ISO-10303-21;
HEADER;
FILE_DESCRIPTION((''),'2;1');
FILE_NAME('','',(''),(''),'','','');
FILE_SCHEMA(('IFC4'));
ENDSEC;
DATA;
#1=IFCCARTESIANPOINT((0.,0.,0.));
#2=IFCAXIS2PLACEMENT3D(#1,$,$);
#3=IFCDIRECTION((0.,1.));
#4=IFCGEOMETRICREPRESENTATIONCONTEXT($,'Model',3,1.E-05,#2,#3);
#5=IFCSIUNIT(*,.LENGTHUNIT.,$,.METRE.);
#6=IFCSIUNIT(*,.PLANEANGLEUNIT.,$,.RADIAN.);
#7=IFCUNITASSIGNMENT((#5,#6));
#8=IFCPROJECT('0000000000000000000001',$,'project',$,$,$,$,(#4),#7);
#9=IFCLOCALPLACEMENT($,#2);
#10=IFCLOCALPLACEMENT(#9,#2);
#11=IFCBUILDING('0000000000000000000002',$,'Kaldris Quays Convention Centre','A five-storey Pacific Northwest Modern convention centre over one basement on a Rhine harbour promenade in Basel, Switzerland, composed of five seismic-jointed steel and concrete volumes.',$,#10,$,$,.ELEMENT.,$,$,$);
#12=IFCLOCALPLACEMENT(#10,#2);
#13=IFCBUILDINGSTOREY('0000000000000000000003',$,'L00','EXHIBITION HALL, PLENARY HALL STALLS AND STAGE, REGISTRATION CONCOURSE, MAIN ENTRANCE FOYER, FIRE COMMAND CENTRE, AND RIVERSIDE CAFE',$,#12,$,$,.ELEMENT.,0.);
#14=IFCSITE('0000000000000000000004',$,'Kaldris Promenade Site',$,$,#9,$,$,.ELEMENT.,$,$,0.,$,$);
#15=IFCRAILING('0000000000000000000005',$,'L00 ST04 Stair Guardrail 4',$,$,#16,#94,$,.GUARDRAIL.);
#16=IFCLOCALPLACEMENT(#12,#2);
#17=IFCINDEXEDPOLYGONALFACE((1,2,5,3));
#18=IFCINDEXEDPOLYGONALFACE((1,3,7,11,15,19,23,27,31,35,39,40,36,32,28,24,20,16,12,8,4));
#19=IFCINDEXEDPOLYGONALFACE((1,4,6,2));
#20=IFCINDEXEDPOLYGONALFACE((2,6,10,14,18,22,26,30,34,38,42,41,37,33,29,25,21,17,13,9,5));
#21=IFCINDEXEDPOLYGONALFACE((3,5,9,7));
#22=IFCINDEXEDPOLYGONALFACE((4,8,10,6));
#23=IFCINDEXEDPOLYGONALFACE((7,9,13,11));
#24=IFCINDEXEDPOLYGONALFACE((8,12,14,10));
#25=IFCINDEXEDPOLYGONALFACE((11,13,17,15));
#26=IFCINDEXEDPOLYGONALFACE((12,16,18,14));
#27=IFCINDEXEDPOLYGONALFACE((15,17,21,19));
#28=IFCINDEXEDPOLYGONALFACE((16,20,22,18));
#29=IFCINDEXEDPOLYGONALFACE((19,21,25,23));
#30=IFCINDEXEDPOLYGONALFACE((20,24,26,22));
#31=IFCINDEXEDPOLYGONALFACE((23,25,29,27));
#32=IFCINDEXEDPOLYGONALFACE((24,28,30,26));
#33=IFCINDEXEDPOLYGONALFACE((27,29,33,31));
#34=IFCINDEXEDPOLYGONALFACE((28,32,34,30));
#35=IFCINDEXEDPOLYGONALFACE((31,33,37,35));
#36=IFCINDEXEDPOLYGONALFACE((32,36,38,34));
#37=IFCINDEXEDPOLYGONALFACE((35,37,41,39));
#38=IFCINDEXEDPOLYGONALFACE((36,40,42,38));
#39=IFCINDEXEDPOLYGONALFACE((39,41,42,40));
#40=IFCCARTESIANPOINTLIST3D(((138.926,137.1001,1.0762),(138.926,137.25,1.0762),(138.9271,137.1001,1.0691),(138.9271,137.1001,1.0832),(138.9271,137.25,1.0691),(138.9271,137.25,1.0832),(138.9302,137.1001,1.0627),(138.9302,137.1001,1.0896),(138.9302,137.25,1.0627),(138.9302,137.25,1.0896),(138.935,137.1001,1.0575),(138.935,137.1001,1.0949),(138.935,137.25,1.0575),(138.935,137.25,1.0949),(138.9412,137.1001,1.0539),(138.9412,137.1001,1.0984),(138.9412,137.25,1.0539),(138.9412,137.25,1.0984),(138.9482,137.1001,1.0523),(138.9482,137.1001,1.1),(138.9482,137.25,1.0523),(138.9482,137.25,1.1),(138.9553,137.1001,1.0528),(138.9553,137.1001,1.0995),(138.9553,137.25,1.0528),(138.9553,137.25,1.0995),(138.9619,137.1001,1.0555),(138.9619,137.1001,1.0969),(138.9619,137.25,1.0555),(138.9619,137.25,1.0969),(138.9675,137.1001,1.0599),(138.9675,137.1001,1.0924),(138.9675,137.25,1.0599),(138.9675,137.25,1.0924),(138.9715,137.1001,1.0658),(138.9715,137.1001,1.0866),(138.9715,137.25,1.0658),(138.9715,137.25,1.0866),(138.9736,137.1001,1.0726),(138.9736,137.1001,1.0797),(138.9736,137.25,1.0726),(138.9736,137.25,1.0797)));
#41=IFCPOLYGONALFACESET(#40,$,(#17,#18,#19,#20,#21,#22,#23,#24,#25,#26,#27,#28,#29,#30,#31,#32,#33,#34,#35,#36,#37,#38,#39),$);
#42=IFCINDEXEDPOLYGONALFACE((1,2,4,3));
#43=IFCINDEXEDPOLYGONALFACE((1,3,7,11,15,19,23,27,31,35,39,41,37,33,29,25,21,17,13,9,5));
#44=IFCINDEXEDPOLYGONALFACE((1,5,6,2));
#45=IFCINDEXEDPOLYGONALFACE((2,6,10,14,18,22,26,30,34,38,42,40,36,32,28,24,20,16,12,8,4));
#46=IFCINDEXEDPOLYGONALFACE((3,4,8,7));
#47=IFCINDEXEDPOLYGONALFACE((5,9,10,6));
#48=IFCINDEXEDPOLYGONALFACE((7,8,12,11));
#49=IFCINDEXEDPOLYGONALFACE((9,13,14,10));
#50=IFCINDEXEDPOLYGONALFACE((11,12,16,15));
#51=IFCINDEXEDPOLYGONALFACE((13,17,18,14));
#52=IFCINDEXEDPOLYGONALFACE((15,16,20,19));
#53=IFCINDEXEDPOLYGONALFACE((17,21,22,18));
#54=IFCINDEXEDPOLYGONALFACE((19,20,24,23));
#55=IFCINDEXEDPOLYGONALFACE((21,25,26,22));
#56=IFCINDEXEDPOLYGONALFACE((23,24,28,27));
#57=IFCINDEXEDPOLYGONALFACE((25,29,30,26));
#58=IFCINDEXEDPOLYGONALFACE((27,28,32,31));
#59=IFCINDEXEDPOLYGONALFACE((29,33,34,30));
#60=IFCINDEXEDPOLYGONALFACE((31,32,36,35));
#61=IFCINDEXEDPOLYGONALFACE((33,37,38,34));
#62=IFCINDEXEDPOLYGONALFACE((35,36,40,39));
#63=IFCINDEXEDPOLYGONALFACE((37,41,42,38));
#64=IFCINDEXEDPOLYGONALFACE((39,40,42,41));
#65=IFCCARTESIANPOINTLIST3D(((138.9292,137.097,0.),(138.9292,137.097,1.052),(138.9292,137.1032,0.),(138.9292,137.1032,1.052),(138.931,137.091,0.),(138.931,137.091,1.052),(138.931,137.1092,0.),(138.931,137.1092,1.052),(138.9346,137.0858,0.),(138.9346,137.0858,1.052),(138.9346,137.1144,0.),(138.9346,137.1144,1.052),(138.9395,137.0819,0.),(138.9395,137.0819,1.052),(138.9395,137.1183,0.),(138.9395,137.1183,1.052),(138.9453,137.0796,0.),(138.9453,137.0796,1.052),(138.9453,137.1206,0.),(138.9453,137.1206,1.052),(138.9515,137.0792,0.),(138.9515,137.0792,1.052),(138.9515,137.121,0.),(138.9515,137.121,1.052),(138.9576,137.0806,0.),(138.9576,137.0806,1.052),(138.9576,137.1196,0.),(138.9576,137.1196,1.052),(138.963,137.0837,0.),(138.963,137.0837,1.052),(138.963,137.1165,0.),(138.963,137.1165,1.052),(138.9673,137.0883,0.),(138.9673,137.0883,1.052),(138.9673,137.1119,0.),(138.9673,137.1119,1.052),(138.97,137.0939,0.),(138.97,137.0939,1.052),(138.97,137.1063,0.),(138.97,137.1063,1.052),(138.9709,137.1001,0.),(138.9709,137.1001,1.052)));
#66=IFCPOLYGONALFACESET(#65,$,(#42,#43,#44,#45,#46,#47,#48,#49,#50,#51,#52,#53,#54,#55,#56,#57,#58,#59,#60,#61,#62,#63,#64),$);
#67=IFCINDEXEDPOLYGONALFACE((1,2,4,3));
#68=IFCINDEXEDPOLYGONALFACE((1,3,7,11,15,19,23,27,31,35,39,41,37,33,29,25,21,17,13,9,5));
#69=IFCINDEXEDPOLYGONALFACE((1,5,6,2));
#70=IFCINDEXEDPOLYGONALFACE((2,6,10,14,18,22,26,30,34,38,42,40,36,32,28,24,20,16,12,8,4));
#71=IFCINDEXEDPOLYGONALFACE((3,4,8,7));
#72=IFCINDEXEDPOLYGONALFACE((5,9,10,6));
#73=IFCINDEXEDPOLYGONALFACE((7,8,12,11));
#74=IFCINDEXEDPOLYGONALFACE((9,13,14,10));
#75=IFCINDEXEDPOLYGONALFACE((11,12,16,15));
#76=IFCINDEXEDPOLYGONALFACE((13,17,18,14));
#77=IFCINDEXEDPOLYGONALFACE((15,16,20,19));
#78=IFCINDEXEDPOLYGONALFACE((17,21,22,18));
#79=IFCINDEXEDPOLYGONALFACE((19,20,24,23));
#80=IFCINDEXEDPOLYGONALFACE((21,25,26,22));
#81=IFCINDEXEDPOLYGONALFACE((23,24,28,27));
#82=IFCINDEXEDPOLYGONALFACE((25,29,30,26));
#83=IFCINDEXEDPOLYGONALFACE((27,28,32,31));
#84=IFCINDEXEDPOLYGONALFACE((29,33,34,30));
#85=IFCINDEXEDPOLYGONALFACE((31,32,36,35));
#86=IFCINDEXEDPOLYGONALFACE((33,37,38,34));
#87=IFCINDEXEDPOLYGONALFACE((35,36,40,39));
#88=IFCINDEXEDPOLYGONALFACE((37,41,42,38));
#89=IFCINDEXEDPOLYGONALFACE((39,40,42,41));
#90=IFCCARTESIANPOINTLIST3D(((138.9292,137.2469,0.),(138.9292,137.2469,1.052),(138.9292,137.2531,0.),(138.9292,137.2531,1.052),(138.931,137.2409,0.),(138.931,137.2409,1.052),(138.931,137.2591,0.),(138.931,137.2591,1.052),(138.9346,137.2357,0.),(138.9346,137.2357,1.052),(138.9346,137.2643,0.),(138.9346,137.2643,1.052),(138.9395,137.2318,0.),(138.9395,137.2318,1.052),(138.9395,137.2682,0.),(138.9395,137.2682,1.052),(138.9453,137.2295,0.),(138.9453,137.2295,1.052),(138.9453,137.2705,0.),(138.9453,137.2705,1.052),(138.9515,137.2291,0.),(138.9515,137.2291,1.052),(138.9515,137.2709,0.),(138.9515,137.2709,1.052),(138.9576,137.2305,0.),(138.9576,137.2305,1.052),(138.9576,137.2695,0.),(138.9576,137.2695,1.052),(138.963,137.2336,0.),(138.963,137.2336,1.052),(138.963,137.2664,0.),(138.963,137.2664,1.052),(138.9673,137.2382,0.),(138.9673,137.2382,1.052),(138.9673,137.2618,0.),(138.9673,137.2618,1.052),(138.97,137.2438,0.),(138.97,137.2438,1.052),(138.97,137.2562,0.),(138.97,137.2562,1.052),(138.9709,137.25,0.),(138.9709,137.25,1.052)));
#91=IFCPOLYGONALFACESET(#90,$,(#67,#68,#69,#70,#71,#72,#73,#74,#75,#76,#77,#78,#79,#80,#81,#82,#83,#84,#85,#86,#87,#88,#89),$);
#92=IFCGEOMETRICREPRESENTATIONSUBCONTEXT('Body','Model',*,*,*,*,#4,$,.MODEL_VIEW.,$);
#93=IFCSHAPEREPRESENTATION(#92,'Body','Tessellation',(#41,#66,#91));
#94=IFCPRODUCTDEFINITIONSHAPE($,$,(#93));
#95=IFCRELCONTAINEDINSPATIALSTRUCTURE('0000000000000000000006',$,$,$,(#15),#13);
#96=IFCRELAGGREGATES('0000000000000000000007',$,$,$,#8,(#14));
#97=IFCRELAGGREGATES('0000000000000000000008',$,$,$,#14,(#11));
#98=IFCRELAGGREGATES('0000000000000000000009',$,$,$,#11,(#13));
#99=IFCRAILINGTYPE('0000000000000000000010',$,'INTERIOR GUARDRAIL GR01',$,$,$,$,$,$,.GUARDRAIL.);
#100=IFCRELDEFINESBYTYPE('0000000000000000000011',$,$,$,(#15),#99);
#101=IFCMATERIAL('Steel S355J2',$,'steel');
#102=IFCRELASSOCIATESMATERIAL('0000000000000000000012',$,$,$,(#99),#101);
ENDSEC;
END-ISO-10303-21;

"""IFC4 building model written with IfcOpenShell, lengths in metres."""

from ifc_helpers import new_model, si_unit, direction, frame, origin, origin_2d, place, context, subcontext, project, spatial, circle, extrude, material, type_object, element, save


model = new_model("IFC4")

# Units and contexts
model_context = context("Model", 3, precision=1e-05, world=origin(), true_north=direction((0.0, 1.0)))
body_context = subcontext(model_context, "Body", "Model", "MODEL_VIEW")
ifc_project = project(units=[si_unit("LENGTHUNIT", "METRE"), si_unit("PLANEANGLEUNIT", "RADIAN")], contexts=[model_context])

# Site, building, storey
site_placement = place(None, origin())
site = spatial("IfcSite", under=ifc_project, at=site_placement, Name="Kaldris Promenade Site", CompositionType="ELEMENT", RefElevation=0.0)
building_placement = place(site_placement, origin())
building = spatial("IfcBuilding", under=site, at=building_placement, Name="Kaldris Quays Convention Centre", Description="A five-storey Pacific Northwest Modern convention centre over one basement on a Rhine harbour promenade in Basel, Switzerland, composed of five seismic-jointed steel and concrete volumes.", CompositionType="ELEMENT")
storey_placement = place(building_placement, origin())
storey = spatial("IfcBuildingStorey", under=building, at=storey_placement, Name="L00", Description="EXHIBITION HALL, PLENARY HALL STALLS AND STAGE, REGISTRATION CONCOURSE, MAIN ENTRANCE FOYER, FIRE COMMAND CENTRE, AND RIVERSIDE CAFE", CompositionType="ELEMENT", Elevation=0.0)

# Shared definitions
ifc_material_1 = material(Name="Steel S355J2", Category="steel")

# Railing
railing_type_1 = type_object("IfcRailingType", Name="INTERIOR GUARDRAIL GR01", PredefinedType="GUARDRAIL", material=ifc_material_1)
railing_1_placement = place(storey_placement, frame((138.95, 137.1001, 0.0)))
element("IfcRailing", 1, at=railing_1_placement, inside=storey, type_object=railing_type_1, Name="L00 ST04 Stair Guardrail 4", PredefinedType="GUARDRAIL", context=body_context, shape_type="SweptSolid", body=[
    extrude(circle(Radius=0.0239, at=origin_2d()), frame((0.0, 0.0, 1.0762), z_axis=(0.0, 1.0, 0.0), x_axis=(-1.0, 0.0, 0.0)), (0.0, 0.0, 1.0), 0.1499),
    extrude(circle(Radius=0.021, at=origin_2d()), origin(), (0.0, 0.0, 1.0), 1.052),
    extrude(circle(Radius=0.021, at=origin_2d()), frame((0.0, 0.1499, 0.0)), (0.0, 0.0, 1.0), 1.052),
])

save(model, "model.ifc")
